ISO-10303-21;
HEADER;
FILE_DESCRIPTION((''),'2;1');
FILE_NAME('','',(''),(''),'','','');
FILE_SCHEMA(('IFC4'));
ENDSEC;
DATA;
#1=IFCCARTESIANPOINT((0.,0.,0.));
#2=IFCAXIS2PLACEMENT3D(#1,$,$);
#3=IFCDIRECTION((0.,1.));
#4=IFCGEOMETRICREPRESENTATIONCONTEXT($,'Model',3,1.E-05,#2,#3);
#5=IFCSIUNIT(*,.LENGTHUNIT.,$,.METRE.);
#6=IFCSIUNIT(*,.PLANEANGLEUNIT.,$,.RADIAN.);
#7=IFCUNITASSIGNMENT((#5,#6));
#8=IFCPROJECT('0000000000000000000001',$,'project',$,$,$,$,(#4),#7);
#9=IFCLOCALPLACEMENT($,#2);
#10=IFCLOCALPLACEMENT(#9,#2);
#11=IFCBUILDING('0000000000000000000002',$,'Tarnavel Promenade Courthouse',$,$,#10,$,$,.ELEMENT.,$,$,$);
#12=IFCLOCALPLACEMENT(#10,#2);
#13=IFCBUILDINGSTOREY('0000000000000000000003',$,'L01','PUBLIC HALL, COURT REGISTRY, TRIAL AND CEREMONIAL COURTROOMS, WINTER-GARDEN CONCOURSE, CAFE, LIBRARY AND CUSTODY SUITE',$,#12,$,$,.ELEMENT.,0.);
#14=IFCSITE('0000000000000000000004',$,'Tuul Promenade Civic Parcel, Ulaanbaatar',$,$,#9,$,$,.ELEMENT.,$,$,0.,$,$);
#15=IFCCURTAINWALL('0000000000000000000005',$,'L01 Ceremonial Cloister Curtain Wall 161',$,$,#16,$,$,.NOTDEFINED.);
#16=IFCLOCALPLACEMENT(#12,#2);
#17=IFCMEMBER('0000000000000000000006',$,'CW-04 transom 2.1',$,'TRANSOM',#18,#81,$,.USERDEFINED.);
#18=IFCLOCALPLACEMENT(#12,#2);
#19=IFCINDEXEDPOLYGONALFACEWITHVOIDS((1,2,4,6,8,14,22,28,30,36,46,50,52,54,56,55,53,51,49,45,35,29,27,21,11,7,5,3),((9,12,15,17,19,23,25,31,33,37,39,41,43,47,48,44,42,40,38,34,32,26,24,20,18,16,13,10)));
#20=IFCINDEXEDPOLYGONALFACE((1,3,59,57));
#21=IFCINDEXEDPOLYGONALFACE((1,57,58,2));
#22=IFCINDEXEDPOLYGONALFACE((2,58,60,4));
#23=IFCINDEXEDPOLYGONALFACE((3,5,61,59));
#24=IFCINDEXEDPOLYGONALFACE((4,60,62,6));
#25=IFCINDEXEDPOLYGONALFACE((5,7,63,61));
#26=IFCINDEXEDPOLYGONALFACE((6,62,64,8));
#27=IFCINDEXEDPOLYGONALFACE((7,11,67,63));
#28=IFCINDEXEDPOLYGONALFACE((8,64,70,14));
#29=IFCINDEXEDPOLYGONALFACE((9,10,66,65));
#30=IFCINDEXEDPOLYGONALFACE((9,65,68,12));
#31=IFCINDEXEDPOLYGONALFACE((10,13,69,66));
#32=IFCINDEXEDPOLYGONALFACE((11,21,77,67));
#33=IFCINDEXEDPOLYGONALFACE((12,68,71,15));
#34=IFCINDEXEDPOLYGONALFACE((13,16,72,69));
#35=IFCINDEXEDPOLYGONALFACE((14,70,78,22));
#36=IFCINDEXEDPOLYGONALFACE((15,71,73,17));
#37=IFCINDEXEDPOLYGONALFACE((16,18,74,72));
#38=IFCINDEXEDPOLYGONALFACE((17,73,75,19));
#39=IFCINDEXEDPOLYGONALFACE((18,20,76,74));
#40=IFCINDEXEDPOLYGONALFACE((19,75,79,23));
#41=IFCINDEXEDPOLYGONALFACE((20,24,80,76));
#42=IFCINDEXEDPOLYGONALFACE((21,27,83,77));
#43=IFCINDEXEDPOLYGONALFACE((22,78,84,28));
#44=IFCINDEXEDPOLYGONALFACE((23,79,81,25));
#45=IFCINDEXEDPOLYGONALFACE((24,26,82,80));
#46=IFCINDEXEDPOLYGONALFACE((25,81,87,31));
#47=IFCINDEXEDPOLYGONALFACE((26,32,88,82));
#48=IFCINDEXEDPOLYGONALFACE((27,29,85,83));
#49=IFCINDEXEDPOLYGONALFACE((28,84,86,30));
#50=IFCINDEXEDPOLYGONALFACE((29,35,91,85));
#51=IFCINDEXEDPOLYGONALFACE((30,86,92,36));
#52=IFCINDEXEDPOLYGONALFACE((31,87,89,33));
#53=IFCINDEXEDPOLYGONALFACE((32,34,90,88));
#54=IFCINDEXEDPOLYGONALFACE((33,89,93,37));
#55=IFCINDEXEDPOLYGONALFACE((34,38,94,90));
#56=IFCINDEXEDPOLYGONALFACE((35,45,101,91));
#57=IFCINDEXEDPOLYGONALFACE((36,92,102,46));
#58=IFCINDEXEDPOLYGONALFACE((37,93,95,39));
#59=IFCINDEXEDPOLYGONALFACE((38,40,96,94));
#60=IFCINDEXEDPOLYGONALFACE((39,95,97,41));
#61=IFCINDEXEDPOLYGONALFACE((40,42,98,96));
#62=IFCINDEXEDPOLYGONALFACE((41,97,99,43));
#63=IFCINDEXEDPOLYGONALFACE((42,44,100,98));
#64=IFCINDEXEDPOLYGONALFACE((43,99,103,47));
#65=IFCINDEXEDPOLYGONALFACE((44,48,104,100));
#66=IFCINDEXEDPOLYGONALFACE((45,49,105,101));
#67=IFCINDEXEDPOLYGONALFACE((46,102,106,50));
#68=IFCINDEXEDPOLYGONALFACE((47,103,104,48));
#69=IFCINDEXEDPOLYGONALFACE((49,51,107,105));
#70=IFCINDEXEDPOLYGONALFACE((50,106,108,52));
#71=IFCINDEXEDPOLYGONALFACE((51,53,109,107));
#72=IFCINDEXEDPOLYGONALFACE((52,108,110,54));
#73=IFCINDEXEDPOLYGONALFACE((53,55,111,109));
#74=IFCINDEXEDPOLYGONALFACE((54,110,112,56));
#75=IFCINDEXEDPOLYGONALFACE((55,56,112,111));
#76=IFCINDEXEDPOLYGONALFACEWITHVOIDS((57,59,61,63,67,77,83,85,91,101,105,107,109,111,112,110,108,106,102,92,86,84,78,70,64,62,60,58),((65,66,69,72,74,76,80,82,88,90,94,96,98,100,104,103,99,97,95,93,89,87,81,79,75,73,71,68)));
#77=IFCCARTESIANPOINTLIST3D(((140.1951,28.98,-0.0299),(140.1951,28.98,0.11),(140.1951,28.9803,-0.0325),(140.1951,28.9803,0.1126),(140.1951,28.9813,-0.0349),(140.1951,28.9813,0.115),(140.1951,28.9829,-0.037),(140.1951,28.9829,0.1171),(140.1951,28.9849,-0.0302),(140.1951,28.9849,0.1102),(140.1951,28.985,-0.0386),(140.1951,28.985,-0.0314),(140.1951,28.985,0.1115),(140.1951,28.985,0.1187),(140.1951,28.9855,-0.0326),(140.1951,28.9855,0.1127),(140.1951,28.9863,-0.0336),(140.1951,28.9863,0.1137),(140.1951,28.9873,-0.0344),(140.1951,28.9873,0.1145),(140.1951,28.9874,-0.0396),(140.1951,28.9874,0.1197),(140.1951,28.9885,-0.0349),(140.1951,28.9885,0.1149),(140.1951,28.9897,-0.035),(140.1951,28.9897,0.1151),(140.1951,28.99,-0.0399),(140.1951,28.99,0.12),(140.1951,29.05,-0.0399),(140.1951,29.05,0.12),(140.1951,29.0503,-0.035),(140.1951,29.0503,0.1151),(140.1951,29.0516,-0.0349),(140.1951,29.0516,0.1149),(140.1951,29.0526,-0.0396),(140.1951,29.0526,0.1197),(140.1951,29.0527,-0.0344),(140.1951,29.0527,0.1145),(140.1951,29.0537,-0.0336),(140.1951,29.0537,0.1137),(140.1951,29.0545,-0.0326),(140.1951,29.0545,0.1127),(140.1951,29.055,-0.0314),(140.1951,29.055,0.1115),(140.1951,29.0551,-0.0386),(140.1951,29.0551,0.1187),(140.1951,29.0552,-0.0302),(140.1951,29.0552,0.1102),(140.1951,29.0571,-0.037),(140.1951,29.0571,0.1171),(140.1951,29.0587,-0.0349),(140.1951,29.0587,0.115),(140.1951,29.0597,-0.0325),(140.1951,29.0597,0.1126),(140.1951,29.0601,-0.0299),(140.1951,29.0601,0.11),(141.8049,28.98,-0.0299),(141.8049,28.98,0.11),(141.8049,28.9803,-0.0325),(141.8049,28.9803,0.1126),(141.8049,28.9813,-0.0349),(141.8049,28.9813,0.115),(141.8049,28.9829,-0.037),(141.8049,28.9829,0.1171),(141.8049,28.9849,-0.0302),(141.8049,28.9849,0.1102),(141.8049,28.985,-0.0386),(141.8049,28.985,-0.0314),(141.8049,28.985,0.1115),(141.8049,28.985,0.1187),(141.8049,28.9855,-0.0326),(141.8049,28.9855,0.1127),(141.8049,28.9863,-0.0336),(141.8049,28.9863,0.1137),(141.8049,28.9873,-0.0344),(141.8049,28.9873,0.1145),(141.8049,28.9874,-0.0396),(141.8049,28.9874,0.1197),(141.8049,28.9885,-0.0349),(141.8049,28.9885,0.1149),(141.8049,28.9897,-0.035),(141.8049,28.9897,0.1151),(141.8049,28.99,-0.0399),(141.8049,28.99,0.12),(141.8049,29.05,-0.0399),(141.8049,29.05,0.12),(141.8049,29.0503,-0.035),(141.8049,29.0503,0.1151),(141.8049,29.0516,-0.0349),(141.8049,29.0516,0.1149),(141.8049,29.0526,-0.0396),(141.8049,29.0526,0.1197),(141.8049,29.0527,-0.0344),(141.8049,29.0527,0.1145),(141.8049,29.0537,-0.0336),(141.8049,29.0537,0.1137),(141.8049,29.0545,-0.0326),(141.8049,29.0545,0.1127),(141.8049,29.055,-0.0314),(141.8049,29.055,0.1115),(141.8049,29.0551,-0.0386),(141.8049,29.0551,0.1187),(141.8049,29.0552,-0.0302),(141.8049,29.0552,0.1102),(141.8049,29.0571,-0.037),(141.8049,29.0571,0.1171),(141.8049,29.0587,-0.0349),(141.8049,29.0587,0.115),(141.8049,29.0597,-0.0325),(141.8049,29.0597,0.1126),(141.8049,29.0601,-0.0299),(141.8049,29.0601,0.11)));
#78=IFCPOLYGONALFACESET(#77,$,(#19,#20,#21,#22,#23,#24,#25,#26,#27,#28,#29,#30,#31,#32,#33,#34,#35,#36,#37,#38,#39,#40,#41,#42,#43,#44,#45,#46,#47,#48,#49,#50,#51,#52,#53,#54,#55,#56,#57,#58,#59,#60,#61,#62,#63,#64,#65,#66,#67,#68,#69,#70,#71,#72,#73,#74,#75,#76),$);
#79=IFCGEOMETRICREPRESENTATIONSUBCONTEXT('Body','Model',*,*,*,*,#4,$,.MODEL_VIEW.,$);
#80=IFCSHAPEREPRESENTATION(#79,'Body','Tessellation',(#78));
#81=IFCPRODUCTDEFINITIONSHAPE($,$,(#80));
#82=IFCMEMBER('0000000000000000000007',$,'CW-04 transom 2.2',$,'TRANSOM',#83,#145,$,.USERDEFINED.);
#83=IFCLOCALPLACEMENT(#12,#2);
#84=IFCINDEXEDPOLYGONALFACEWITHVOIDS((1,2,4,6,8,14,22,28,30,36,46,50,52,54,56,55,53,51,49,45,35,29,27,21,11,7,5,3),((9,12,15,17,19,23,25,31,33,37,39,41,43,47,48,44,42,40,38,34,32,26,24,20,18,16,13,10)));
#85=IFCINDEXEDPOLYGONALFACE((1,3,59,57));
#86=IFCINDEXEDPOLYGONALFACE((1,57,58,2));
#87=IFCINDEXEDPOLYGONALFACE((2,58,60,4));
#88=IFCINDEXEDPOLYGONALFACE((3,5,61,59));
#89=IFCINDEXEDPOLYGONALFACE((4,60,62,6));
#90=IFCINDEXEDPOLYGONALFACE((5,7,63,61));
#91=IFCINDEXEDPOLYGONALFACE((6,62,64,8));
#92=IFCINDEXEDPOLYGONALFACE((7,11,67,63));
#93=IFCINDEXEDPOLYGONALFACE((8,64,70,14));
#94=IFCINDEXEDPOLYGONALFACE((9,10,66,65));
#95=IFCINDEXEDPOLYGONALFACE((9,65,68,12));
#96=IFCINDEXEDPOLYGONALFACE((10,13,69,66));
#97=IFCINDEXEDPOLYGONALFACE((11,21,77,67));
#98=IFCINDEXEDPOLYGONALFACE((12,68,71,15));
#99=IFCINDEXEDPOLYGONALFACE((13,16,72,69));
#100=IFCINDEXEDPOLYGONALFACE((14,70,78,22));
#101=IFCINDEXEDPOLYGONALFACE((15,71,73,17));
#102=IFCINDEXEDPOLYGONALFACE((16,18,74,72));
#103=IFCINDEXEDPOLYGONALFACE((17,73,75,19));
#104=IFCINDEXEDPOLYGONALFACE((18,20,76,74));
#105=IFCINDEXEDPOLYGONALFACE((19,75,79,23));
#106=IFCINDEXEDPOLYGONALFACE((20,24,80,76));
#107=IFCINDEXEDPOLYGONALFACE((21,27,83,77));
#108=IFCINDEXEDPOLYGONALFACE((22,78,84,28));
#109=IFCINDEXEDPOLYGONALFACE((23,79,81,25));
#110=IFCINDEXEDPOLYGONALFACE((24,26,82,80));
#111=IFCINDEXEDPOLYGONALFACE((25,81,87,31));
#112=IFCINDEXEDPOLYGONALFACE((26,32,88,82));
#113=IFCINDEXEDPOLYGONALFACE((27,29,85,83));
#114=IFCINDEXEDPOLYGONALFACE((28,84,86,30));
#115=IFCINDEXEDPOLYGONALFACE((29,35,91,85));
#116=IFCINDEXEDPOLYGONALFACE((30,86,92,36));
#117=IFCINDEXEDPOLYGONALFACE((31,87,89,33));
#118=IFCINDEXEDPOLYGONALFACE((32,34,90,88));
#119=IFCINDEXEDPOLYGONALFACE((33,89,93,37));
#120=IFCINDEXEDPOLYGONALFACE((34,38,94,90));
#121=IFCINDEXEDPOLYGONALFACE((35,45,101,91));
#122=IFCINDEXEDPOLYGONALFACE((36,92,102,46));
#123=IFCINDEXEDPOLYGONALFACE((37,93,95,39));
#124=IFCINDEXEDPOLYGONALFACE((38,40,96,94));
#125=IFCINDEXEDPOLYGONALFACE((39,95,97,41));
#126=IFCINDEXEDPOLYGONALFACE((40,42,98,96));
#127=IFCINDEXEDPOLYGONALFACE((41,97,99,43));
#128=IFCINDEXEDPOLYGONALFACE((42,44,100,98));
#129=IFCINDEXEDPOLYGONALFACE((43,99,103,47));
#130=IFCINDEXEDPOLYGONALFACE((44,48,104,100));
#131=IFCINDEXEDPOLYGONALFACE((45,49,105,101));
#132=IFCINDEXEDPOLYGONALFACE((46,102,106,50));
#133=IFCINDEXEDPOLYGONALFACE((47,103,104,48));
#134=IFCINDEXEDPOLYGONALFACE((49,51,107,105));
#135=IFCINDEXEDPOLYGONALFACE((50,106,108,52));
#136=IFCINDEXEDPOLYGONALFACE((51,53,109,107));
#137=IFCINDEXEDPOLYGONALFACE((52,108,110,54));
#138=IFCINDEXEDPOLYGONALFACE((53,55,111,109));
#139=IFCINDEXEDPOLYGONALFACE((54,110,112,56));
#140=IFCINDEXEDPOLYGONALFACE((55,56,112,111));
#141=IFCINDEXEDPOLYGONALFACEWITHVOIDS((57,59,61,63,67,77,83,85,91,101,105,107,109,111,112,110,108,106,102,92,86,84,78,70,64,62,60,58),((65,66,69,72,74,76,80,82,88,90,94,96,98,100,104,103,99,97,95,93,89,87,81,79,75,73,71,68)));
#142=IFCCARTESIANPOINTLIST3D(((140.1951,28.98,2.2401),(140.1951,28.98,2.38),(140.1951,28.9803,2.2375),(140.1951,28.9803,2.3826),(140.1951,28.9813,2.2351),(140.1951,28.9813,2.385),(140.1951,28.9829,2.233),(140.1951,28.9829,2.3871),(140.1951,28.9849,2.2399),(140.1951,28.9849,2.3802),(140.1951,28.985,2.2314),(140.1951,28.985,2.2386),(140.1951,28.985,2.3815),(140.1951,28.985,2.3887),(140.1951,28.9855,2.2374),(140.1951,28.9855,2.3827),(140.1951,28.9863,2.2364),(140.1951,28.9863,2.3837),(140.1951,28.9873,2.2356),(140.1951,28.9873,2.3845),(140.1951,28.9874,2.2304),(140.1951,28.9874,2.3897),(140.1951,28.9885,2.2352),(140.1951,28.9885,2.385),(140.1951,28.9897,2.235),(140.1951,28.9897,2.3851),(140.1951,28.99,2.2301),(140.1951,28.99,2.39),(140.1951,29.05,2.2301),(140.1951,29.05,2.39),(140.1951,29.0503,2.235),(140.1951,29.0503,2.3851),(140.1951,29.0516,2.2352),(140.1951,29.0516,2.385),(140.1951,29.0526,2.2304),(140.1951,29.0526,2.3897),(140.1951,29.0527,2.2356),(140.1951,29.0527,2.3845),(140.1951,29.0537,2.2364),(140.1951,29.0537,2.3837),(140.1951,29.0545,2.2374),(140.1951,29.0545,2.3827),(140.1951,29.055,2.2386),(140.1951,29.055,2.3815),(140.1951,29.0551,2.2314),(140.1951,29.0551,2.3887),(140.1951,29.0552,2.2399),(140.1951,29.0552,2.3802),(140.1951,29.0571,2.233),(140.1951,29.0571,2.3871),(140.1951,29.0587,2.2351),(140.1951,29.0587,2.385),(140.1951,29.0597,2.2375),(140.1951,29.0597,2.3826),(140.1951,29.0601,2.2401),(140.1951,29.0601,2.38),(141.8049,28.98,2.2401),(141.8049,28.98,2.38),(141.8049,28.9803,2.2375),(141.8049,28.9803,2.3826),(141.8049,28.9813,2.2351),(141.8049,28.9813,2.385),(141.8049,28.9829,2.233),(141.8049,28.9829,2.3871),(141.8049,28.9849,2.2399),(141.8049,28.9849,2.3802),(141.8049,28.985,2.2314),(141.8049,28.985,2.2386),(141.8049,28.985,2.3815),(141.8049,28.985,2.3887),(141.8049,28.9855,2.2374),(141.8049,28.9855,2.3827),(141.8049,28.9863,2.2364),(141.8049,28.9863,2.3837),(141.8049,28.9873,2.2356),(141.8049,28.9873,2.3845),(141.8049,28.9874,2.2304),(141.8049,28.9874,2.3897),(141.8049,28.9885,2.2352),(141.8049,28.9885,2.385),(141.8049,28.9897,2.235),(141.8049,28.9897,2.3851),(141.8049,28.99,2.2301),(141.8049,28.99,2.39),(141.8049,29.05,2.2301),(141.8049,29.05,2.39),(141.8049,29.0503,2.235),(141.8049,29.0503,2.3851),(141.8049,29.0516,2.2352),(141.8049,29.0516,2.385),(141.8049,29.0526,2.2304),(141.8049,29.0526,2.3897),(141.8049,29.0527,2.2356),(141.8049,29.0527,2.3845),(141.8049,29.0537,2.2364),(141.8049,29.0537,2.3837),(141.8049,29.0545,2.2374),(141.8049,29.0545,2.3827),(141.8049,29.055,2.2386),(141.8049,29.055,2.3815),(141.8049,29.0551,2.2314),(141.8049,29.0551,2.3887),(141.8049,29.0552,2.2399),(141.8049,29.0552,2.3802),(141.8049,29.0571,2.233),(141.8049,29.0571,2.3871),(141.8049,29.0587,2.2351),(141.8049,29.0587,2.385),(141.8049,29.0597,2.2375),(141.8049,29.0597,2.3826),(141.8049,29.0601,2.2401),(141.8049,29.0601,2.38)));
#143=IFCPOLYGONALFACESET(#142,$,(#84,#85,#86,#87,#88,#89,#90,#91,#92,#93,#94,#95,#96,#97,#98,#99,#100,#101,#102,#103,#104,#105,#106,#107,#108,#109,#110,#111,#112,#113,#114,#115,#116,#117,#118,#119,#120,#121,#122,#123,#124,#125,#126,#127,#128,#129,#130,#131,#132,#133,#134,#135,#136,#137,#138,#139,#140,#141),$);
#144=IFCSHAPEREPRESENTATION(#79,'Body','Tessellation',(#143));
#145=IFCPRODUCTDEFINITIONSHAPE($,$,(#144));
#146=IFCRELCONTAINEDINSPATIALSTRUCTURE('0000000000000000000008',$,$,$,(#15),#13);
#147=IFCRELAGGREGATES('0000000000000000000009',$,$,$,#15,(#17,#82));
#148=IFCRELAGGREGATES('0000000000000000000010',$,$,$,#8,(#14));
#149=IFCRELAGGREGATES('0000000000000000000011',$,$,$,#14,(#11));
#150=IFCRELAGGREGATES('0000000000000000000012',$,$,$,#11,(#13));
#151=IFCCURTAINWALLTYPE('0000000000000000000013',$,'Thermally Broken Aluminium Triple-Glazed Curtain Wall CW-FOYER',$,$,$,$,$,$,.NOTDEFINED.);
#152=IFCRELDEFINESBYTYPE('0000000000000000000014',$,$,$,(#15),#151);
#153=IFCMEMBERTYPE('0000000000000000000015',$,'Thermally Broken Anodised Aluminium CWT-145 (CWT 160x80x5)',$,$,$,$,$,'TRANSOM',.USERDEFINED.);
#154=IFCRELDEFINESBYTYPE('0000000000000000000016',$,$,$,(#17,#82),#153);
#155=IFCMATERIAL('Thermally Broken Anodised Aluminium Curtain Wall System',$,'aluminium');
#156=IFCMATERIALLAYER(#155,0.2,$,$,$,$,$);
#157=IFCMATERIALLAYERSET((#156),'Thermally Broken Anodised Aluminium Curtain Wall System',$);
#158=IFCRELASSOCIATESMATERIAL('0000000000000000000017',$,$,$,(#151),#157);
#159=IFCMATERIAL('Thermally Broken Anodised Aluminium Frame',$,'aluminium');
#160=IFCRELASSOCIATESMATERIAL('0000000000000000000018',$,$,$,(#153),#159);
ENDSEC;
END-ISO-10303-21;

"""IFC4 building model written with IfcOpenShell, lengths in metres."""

from ifc_helpers import new_model, si_unit, direction, frame, origin, origin_2d, place, context, subcontext, project, spatial, hollow_rectangle, extrude, material, layer, layer_set, material_profile, profile_set, type_object, element, aggregate, save


model = new_model("IFC4")

# Units and contexts
model_context = context("Model", 3, precision=1e-05, world=origin(), true_north=direction((0.0, 1.0)))
body_context = subcontext(model_context, "Body", "Model", "MODEL_VIEW")
ifc_project = project(units=[si_unit("LENGTHUNIT", "METRE"), si_unit("PLANEANGLEUNIT", "RADIAN")], contexts=[model_context])

# Site, building, storey
site_placement = place(None, origin())
site = spatial("IfcSite", under=ifc_project, at=site_placement, Name="Tuul Promenade Civic Parcel, Ulaanbaatar", CompositionType="ELEMENT", RefElevation=0.0)
building_placement = place(site_placement, origin())
building = spatial("IfcBuilding", under=site, at=building_placement, Name="Tarnavel Promenade Courthouse", CompositionType="ELEMENT")
storey_placement = place(building_placement, origin())
storey = spatial("IfcBuildingStorey", under=building, at=storey_placement, Name="L01", Description="PUBLIC HALL, COURT REGISTRY, TRIAL AND CEREMONIAL COURTROOMS, WINTER-GARDEN CONCOURSE, CAFE, LIBRARY AND CUSTODY SUITE", CompositionType="ELEMENT", Elevation=0.0)

# Curtain wall
ifc_material_1 = material(Name="Thermally Broken Anodised Aluminium Curtain Wall System", Category="aluminium")
ifc_layer_1 = layer(ifc_material_1, 0.2)
ifc_layer_set_1 = layer_set([ifc_layer_1], Name="Thermally Broken Anodised Aluminium Curtain Wall System")
curtain_wall_type = type_object("IfcCurtainWallType", Name="Thermally Broken Aluminium Triple-Glazed Curtain Wall CW-FOYER", PredefinedType="NOTDEFINED", material=ifc_layer_set_1)
ifc_material_2 = material(Name="Thermally Broken Anodised Aluminium Frame", Category="aluminium")
curtain_wall_1_placement = place(storey_placement, origin())
curtain_wall_1 = element("IfcCurtainWall", 1, at=curtain_wall_1_placement, inside=storey, type_object=curtain_wall_type, Name="L01 Ceremonial Cloister Curtain Wall 161", PredefinedType="NOTDEFINED")

# Members
ifc_material_profile_1 = material_profile(ifc_material_2, hollow_rectangle(XDim=0.0801, YDim=0.1599, WallThickness=0.0049, InnerFilletRadius=0.0049, OuterFilletRadius=0.01, at=origin_2d()), Name="CWT 160x80x5")
ifc_profile_set_1 = profile_set([ifc_material_profile_1], Name="Thermally Broken Anodised Aluminium Frame")
member_type_1 = type_object("IfcMemberType", Name="Thermally Broken Anodised Aluminium CWT-145 (CWT 160x80x5)", ElementType="TRANSOM", PredefinedType="USERDEFINED", material=ifc_profile_set_1)
member_1_placement = place(storey_placement, frame((140.1951, 29.02, 0.04), z_axis=(1.0, 0.0, 0.0), x_axis=(0.0, 1.0, 0.0)))
member_1 = element("IfcMember", 2, at=member_1_placement, type_object=member_type_1, Name="CW-04 transom 2.1", ObjectType="TRANSOM", PredefinedType="USERDEFINED", context=body_context, shape_type="SweptSolid", body=[
    extrude(hollow_rectangle(XDim=0.0801, YDim=0.1599, WallThickness=0.0049, InnerFilletRadius=0.0049, OuterFilletRadius=0.01, at=origin_2d()), origin(), (0.0, 0.0, 1.0), 1.6099),
])
member_2_placement = place(storey_placement, frame((140.1951, 29.02, 2.3101), z_axis=(1.0, 0.0, 0.0), x_axis=(0.0, 1.0, 0.0)))
member_2 = element("IfcMember", 3, at=member_2_placement, type_object=member_type_1, Name="CW-04 transom 2.2", ObjectType="TRANSOM", PredefinedType="USERDEFINED", context=body_context, shape_type="SweptSolid", body=[
    extrude(hollow_rectangle(XDim=0.0801, YDim=0.1599, WallThickness=0.0049, InnerFilletRadius=0.0049, OuterFilletRadius=0.01, at=origin_2d()), origin(), (0.0, 0.0, 1.0), 1.6099),
])

aggregate(curtain_wall_1, [member_1, member_2])

save(model, "model.ifc")
